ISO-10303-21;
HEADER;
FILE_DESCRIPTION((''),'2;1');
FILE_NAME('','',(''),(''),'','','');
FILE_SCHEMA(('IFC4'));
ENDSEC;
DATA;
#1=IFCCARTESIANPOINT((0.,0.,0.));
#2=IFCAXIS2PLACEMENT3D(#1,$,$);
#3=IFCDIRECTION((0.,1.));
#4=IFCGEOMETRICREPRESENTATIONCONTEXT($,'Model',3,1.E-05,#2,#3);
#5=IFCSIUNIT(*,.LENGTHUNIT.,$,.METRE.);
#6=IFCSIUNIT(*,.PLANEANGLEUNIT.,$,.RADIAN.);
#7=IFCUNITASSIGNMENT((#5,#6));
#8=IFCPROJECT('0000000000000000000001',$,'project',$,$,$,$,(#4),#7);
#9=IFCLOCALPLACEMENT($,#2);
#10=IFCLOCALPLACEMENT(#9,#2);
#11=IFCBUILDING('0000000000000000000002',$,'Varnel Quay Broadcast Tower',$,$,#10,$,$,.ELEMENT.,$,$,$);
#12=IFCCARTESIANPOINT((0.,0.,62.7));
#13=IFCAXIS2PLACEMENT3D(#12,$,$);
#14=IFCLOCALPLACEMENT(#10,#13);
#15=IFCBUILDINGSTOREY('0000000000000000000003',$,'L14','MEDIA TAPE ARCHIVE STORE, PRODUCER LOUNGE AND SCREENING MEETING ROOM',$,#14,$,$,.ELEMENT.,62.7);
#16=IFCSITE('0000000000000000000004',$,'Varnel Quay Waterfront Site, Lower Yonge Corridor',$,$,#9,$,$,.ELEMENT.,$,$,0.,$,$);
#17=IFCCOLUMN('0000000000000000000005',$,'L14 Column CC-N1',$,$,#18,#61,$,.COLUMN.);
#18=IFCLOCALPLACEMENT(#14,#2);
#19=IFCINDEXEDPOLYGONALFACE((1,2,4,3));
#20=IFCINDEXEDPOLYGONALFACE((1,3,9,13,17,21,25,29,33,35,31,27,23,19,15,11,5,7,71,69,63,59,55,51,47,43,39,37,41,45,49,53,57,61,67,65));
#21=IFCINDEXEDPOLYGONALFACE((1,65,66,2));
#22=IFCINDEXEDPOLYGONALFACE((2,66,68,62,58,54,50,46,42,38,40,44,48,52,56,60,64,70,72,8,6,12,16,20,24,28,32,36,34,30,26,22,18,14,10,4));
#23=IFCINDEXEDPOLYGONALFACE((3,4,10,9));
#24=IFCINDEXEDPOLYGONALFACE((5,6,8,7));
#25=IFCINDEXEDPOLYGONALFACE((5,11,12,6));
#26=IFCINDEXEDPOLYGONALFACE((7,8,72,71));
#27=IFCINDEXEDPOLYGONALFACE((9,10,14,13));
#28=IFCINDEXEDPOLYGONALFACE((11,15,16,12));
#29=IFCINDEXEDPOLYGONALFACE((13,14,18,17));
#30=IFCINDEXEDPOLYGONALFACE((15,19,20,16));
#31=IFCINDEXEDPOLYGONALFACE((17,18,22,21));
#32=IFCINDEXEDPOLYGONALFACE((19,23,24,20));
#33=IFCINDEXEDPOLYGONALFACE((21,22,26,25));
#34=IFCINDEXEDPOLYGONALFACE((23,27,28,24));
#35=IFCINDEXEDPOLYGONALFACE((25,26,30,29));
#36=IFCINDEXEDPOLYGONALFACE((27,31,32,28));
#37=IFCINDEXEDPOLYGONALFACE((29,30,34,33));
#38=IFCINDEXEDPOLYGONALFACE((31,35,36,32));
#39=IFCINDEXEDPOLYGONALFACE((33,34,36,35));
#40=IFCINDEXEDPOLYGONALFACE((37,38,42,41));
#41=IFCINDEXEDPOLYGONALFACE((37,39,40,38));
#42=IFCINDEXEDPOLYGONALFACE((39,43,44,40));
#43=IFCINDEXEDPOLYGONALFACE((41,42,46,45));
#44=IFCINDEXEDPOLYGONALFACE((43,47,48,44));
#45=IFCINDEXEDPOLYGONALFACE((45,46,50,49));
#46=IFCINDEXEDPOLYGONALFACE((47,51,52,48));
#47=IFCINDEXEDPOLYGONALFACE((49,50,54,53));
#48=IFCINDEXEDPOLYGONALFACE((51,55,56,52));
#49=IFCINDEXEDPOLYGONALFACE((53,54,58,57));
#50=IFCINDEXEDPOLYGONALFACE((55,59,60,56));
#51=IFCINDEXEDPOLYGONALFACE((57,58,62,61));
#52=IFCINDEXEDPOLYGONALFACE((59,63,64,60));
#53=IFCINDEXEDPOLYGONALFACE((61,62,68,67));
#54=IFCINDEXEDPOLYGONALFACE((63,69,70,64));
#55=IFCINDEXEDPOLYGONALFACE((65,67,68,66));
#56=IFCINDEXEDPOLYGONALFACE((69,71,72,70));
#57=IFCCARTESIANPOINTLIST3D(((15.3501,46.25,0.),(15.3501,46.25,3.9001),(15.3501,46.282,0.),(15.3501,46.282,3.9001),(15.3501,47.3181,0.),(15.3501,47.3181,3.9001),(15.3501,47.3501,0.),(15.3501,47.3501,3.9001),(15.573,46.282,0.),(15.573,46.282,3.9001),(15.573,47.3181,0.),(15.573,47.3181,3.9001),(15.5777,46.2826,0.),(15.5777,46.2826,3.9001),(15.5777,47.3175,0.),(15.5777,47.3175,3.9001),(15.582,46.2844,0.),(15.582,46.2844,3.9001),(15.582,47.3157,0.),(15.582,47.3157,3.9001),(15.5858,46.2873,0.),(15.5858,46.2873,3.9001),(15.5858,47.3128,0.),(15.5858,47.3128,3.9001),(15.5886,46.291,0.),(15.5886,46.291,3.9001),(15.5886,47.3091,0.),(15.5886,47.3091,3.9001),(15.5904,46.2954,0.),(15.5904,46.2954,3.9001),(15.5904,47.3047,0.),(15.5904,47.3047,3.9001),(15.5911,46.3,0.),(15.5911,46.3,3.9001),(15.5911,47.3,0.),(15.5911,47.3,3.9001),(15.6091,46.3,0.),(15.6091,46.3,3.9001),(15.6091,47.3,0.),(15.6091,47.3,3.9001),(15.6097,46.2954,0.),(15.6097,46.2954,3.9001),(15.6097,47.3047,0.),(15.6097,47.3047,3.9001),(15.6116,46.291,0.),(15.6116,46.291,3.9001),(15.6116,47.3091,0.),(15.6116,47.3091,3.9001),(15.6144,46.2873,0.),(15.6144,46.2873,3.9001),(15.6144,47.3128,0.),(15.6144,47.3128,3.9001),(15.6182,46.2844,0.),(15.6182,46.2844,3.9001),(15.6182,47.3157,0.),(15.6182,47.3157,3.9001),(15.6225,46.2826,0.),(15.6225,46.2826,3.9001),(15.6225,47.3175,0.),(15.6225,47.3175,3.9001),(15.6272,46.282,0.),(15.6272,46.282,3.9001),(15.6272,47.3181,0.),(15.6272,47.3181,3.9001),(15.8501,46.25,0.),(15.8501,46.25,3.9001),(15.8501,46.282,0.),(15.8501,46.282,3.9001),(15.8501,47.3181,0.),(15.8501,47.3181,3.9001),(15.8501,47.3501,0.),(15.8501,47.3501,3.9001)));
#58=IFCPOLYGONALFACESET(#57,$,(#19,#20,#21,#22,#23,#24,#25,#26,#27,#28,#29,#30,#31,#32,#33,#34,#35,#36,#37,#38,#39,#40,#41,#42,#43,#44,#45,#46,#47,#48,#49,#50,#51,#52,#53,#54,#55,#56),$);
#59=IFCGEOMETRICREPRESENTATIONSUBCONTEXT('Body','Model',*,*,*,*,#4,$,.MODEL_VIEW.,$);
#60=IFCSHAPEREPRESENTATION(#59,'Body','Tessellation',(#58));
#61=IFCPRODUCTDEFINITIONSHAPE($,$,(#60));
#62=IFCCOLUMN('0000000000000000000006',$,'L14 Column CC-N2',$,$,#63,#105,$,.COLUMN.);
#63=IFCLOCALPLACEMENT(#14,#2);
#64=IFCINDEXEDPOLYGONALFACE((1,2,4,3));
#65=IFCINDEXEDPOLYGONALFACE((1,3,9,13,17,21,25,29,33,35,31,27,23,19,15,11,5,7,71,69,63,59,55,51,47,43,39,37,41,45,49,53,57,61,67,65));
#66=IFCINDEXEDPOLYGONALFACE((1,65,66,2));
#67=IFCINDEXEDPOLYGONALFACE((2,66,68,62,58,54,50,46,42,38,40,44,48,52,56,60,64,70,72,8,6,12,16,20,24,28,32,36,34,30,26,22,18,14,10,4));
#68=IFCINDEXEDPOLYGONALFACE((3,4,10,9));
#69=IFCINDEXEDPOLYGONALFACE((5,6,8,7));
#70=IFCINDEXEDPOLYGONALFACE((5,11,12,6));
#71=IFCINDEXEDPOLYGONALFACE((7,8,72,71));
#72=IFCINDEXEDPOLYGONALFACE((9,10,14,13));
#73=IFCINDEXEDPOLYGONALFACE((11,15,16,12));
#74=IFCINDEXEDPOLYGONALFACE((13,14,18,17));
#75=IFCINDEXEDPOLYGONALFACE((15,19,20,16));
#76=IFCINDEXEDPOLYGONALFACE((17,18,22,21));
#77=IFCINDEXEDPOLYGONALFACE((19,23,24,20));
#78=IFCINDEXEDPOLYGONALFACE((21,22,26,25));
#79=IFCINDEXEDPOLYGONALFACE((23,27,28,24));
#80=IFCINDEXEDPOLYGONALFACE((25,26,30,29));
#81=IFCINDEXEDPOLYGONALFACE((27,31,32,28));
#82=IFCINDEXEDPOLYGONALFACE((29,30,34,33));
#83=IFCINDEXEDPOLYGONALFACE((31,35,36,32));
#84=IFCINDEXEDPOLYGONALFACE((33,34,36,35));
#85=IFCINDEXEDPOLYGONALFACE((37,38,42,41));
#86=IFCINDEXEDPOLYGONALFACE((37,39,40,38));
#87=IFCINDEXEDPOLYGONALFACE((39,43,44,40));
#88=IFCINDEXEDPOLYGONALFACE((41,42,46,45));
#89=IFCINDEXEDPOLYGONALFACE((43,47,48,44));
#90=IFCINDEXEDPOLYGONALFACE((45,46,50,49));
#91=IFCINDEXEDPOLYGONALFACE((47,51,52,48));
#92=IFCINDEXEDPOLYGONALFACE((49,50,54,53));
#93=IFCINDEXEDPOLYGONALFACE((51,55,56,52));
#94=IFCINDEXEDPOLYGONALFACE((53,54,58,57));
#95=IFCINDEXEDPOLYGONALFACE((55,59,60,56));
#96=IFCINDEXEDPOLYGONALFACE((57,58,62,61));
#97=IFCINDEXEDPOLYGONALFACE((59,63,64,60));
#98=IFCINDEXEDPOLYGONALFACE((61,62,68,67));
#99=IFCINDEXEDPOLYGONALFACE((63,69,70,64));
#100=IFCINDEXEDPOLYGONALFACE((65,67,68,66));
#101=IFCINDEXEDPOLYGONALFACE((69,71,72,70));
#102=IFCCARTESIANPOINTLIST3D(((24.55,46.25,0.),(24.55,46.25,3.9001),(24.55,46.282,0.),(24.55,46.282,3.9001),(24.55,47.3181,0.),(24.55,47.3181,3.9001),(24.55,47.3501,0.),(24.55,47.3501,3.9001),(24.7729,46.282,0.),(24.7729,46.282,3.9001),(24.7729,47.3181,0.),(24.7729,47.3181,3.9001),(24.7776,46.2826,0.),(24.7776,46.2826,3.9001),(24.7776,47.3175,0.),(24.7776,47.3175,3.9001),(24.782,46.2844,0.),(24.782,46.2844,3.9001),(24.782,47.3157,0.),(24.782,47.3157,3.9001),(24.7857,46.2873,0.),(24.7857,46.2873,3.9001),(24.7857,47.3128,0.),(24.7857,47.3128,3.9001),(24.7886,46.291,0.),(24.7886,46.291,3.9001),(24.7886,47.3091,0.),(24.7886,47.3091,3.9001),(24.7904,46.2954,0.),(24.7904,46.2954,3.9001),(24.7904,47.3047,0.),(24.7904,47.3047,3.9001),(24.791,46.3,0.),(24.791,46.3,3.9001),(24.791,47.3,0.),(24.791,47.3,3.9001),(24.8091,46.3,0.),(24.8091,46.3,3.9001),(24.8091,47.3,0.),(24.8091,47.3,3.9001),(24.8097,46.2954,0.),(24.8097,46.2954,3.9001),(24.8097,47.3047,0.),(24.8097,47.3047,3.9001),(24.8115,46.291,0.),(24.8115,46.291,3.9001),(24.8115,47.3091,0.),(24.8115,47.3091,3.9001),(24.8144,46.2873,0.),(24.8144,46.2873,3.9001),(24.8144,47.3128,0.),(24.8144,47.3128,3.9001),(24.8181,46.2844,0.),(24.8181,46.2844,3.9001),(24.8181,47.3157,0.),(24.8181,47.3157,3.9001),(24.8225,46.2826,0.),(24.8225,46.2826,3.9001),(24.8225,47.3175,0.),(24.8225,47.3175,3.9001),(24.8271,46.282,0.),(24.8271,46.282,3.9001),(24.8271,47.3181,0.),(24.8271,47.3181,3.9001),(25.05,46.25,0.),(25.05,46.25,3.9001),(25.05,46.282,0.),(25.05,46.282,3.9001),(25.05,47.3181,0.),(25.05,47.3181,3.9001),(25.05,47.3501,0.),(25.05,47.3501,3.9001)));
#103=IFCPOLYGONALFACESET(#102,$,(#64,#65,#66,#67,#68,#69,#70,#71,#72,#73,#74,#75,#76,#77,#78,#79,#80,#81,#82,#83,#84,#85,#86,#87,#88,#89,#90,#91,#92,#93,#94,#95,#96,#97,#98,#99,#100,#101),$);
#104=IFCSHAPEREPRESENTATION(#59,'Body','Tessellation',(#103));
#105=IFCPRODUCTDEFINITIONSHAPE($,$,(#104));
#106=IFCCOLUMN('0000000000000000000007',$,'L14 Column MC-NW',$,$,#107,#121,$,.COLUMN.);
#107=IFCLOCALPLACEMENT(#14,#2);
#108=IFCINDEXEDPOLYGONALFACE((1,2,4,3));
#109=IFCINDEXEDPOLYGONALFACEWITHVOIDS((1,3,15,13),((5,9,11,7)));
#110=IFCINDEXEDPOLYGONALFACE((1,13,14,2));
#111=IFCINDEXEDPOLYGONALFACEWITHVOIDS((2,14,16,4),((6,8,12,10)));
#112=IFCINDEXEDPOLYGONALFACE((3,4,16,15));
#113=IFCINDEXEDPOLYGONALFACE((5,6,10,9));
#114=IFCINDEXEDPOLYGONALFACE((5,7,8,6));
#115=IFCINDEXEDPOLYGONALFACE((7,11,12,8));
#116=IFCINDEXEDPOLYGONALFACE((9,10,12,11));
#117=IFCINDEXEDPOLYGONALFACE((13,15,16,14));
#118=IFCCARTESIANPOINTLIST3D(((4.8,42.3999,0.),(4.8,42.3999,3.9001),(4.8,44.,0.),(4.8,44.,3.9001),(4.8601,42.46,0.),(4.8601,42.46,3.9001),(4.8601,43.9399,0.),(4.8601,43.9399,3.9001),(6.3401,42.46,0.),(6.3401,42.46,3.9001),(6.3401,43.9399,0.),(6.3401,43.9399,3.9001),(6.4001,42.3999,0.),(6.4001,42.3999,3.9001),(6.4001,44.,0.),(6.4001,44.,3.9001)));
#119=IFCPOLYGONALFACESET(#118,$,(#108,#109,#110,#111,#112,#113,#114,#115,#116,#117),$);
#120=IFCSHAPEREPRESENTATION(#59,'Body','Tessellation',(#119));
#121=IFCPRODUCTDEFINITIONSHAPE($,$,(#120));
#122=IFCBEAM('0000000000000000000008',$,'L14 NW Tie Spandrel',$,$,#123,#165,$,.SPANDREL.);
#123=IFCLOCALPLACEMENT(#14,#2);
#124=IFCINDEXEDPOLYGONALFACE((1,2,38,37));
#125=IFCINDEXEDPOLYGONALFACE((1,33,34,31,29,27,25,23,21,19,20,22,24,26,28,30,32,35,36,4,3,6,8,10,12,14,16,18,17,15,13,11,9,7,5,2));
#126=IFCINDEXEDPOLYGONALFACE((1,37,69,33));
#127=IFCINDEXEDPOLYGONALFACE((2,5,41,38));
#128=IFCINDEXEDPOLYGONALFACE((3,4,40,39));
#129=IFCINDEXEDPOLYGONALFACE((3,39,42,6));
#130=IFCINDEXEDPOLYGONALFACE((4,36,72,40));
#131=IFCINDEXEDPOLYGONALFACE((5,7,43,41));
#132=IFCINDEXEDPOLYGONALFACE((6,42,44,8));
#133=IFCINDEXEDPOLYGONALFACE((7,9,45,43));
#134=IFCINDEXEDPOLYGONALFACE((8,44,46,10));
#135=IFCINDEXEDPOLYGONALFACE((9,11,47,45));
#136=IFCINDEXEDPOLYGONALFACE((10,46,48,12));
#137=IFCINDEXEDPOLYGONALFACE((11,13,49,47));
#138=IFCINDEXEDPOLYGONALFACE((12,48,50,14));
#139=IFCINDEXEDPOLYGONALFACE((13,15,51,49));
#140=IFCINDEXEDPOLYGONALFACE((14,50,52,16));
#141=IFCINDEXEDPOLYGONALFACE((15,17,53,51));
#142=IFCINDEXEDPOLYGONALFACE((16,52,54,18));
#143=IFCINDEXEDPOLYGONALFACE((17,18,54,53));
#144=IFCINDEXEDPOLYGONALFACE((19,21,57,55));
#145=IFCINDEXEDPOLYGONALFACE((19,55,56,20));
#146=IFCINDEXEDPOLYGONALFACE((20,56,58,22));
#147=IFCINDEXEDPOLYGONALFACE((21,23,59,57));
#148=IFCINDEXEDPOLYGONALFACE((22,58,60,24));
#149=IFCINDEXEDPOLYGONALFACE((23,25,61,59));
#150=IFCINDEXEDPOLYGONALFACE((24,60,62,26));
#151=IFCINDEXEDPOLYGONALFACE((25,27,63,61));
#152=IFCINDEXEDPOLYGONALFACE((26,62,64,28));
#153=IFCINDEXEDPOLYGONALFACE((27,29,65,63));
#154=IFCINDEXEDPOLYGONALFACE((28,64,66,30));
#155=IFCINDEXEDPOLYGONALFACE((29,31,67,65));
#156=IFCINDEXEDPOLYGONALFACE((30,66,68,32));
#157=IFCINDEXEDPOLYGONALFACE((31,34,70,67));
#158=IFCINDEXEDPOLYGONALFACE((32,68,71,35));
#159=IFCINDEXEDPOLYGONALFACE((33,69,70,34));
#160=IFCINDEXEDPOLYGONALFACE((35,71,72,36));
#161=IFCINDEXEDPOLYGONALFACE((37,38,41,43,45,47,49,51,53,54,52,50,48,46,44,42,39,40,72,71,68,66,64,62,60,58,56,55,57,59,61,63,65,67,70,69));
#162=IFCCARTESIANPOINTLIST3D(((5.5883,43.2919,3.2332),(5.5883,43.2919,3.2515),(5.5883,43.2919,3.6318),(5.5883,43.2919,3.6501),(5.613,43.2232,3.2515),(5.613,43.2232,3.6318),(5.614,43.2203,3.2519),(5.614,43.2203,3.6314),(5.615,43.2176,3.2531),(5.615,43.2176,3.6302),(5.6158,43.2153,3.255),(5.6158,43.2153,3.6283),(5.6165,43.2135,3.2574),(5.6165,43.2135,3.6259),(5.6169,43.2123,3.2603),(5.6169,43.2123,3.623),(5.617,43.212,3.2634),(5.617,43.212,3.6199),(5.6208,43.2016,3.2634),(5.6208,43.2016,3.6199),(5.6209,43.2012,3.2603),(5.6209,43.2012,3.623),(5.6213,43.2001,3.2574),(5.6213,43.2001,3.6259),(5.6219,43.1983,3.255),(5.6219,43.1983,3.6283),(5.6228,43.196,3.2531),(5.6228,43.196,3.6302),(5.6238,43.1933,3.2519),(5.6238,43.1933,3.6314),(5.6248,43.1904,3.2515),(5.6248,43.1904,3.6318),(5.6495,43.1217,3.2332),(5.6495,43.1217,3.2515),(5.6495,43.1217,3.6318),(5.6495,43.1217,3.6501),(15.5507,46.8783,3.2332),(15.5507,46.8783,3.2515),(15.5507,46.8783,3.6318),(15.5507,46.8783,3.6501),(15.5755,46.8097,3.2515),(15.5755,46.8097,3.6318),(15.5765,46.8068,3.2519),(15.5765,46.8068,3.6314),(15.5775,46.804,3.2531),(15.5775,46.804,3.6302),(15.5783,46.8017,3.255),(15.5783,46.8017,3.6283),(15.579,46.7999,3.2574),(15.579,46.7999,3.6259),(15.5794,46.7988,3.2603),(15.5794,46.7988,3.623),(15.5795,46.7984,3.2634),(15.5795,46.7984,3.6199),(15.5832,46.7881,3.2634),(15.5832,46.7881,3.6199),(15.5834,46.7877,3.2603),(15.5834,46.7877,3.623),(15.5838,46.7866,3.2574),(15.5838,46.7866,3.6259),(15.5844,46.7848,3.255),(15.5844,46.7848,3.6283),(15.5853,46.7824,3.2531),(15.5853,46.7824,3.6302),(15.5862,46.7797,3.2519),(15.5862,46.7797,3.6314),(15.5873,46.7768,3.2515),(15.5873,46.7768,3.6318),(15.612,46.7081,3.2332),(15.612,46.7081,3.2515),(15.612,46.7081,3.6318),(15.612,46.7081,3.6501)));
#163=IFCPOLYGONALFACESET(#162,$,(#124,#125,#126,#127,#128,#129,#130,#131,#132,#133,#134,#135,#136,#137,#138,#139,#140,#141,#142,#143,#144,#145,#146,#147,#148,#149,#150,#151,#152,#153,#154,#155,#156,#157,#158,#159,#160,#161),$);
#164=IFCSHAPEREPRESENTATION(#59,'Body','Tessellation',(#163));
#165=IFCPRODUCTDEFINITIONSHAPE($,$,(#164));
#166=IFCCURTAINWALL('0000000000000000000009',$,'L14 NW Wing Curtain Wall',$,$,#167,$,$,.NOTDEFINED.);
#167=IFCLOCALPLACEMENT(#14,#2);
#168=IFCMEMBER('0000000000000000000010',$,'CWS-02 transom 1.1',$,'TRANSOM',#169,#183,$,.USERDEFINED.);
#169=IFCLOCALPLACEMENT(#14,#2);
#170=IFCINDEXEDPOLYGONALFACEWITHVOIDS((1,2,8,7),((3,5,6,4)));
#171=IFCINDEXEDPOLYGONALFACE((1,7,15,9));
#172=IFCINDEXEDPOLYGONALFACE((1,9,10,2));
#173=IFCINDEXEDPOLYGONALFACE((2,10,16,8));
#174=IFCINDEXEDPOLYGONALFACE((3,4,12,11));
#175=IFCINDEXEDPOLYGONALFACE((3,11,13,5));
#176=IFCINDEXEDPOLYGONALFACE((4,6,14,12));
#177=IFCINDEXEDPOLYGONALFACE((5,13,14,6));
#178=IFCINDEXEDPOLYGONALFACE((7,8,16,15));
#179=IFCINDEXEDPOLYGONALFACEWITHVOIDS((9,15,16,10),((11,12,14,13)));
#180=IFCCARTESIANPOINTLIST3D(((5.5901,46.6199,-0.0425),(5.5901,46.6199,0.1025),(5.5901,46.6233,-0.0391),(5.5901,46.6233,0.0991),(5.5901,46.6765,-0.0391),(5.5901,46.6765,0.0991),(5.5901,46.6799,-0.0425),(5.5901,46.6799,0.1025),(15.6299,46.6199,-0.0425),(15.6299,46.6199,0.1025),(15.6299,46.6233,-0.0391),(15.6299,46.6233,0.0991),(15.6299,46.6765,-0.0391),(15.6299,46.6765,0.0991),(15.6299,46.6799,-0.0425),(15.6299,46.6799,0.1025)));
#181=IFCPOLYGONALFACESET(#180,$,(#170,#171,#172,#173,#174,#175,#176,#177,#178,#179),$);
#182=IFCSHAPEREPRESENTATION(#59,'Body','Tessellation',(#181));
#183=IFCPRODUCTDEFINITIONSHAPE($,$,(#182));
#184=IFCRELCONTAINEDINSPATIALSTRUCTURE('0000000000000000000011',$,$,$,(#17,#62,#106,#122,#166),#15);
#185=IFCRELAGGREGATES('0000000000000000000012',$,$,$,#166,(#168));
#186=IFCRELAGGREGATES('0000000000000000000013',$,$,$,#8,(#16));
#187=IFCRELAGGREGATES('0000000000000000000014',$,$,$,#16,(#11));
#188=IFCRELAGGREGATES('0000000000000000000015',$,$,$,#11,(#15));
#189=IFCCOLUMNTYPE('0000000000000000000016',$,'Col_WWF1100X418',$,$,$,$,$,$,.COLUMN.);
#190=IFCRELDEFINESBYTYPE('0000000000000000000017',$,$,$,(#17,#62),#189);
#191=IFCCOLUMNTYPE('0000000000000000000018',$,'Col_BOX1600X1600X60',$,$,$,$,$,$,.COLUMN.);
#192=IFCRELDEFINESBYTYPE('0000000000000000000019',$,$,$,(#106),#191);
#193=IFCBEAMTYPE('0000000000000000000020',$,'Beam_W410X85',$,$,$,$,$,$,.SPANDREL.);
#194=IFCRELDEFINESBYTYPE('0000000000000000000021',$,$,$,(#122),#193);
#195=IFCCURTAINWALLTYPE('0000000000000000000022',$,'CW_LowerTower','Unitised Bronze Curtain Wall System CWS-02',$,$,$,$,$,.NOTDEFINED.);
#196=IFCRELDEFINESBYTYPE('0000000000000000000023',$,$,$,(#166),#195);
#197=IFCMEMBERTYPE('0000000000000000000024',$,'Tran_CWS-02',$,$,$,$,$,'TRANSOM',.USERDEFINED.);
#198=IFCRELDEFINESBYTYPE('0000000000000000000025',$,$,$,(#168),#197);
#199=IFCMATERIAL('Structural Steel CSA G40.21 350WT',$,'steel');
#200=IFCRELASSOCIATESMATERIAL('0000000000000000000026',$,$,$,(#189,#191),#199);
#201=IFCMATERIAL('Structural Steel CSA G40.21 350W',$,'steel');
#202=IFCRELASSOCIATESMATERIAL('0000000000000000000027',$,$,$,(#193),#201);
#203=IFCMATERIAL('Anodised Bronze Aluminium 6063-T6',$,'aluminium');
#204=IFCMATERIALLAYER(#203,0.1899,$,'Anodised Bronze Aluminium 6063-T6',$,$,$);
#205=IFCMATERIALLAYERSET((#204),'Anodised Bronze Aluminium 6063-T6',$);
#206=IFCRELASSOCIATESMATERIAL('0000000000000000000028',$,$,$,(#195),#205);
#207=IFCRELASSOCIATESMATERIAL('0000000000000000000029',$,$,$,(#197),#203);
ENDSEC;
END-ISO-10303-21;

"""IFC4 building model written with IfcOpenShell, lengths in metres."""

from ifc_helpers import new_model, si_unit, direction, frame, origin, origin_2d, place, context, subcontext, project, spatial, hollow_rectangle, i_section, extrude, source, transform, mapped, material, layer, layer_set, material_profile, profile_set, type_object, type_shapes, element, aggregate, save


model = new_model("IFC4")

# Units and contexts
model_context = context("Model", 3, precision=1e-05, world=origin(), true_north=direction((0.0, 1.0)))
body_context = subcontext(model_context, "Body", "Model", "MODEL_VIEW")
ifc_project = project(units=[si_unit("LENGTHUNIT", "METRE"), si_unit("PLANEANGLEUNIT", "RADIAN")], contexts=[model_context])

# Site, building, storey
site_placement = place(None, origin())
site = spatial("IfcSite", under=ifc_project, at=site_placement, Name="Varnel Quay Waterfront Site, Lower Yonge Corridor", CompositionType="ELEMENT", RefElevation=0.0)
building_placement = place(site_placement, origin())
building = spatial("IfcBuilding", under=site, at=building_placement, Name="Varnel Quay Broadcast Tower", CompositionType="ELEMENT")
storey_placement = place(building_placement, frame((0.0, 0.0, 62.7)))
storey = spatial("IfcBuildingStorey", under=building, at=storey_placement, Name="L14", Description="MEDIA TAPE ARCHIVE STORE, PRODUCER LOUNGE AND SCREENING MEETING ROOM", CompositionType="ELEMENT", Elevation=62.7)

# Columns
ifc_material_1 = material(Name="Structural Steel CSA G40.21 350WT", Category="steel")
ifc_material_profile_1 = material_profile(ifc_material_1, i_section(OverallWidth=0.5, OverallDepth=1.1001, WebThickness=0.0181, FlangeThickness=0.032, FilletRadius=0.0181, at=origin_2d()), Name="WWF1100X418")
ifc_profile_set_1 = profile_set([ifc_material_profile_1], Name="Structural Steel CSA G40.21 350WT")
column_type_1 = type_object("IfcColumnType", Name="Col_WWF1100X418", PredefinedType="COLUMN", material=ifc_profile_set_1)
shared_shape_1 = source(origin(), body_context, "Body", "SweptSolid", [
    extrude(i_section(OverallWidth=0.5, OverallDepth=1.1001, WebThickness=0.0181, FlangeThickness=0.032, FilletRadius=0.0181, at=origin_2d()), origin(), (0.0, 0.0, 1.0), 3.9001),
])
type_shapes(column_type_1, [shared_shape_1])
for number, where, z_axis, x_axis, name in (
    (1, (15.6001, 46.8, 0.0), (0.0, 0.0, 1.0), (1.0, 0.0, 0.0), "L14 Column CC-N1"),
    (2, (24.8, 46.8, 0.0), (0.0, 0.0, 1.0), (1.0, 0.0, 0.0), "L14 Column CC-N2"),
):
    element("IfcColumn", number, at=place(storey_placement, frame(where, z_axis=z_axis, x_axis=x_axis)), inside=storey, type_object=column_type_1, Name=name, PredefinedType="COLUMN", context=body_context, shape_type="MappedRepresentation", body=[
        mapped(shared_shape_1, transform((0.0, 0.0, 0.0), x_axis=(1.0, 0.0, 0.0), y_axis=(0.0, 1.0, 0.0), z_axis=(0.0, 0.0, 1.0), scale=1.0)),
    ])
ifc_material_profile_2 = material_profile(ifc_material_1, hollow_rectangle(XDim=1.6001, YDim=1.6001, WallThickness=0.0601, at=origin_2d()), Name="BOX1600X1600X60")
ifc_profile_set_2 = profile_set([ifc_material_profile_2], Name="Structural Steel CSA G40.21 350WT")
column_type_2 = type_object("IfcColumnType", Name="Col_BOX1600X1600X60", PredefinedType="COLUMN", material=ifc_profile_set_2)
shared_shape_2 = source(origin(), body_context, "Body", "SweptSolid", [
    extrude(hollow_rectangle(XDim=1.6001, YDim=1.6001, WallThickness=0.0601, at=origin_2d()), origin(), (0.0, 0.0, 1.0), 3.9001),
])
type_shapes(column_type_2, [shared_shape_2])
column_placement = place(storey_placement, frame((5.6001, 43.2, 0.0), z_axis=(0.0, 0.0, 1.0), x_axis=(1.0, 0.0, 0.0)))
element("IfcColumn", 3, at=column_placement, inside=storey, type_object=column_type_2, Name="L14 Column MC-NW", PredefinedType="COLUMN", context=body_context, shape_type="MappedRepresentation", body=[
    mapped(shared_shape_2, transform((0.0, 0.0, 0.0), x_axis=(1.0, 0.0, 0.0), y_axis=(0.0, 1.0, 0.0), z_axis=(0.0, 0.0, 1.0), scale=1.0)),
])

# Beam
ifc_material_2 = material(Name="Structural Steel CSA G40.21 350W", Category="steel")
ifc_material_profile_3 = material_profile(ifc_material_2, i_section(OverallWidth=0.1809, OverallDepth=0.417, WebThickness=0.011, FlangeThickness=0.0183, FilletRadius=0.012, at=origin_2d()), Name="W410X85")
ifc_profile_set_3 = profile_set([ifc_material_profile_3], Name="Structural Steel CSA G40.21 350W")
beam_type = type_object("IfcBeamType", Name="Beam_W410X85", PredefinedType="SPANDREL", material=ifc_profile_set_3)
shared_shape_3 = source(origin(), body_context, "Body", "SweptSolid", [
    extrude(i_section(OverallWidth=0.1809, OverallDepth=0.417, WebThickness=0.011, FlangeThickness=0.0183, FilletRadius=0.012, at=origin_2d()), origin(), (0.0, 0.0, 1.0), 10.5884),
])
type_shapes(beam_type, [shared_shape_3])
beam_placement = place(storey_placement, frame((5.6189, 43.2068, 3.4417), z_axis=(0.940889, 0.338716, 0.0), x_axis=(-0.338716, 0.940889, 0.0)))
element("IfcBeam", 4, at=beam_placement, inside=storey, type_object=beam_type, Name="L14 NW Tie Spandrel", PredefinedType="SPANDREL", context=body_context, shape_type="MappedRepresentation", body=[
    mapped(shared_shape_3, transform((0.0, 0.0, 0.0), x_axis=(1.0, 0.0, 0.0), y_axis=(0.0, 1.0, 0.0), z_axis=(0.0, 0.0, 1.0), scale=1.0)),
])

# Curtain wall, member
ifc_material_3 = material(Name="Anodised Bronze Aluminium 6063-T6", Category="aluminium")
ifc_layer_1 = layer(ifc_material_3, 0.1899, Name="Anodised Bronze Aluminium 6063-T6")
ifc_layer_set_1 = layer_set([ifc_layer_1], Name="Anodised Bronze Aluminium 6063-T6")
curtain_wall_type = type_object("IfcCurtainWallType", Name="CW_LowerTower", Description="Unitised Bronze Curtain Wall System CWS-02", PredefinedType="NOTDEFINED", material=ifc_layer_set_1)
curtain_wall_1_placement = place(storey_placement, origin())
curtain_wall_1 = element("IfcCurtainWall", 5, at=curtain_wall_1_placement, inside=storey, type_object=curtain_wall_type, Name="L14 NW Wing Curtain Wall", PredefinedType="NOTDEFINED")
ifc_material_profile_4 = material_profile(ifc_material_3, hollow_rectangle(XDim=0.0601, YDim=0.145, WallThickness=0.0034, at=origin_2d()), Name="ALU60X145X3.5")
ifc_profile_set_4 = profile_set([ifc_material_profile_4], Name="Anodised Bronze Aluminium 6063-T6")
member_type_1 = type_object("IfcMemberType", Name="Tran_CWS-02", ElementType="TRANSOM", PredefinedType="USERDEFINED", material=ifc_profile_set_4)
shared_shape_4 = source(origin(), body_context, "Body", "SweptSolid", [
    extrude(hollow_rectangle(XDim=0.0601, YDim=0.145, WallThickness=0.0034, at=origin_2d()), origin(), (0.0, 0.0, 1.0), 10.0398),
])
type_shapes(member_type_1, [shared_shape_4])
member_1_placement = place(storey_placement, frame((5.5901, 46.6499, 0.03), z_axis=(1.0, 0.0, 0.0), x_axis=(0.0, 1.0, 0.0)))
member_1 = element("IfcMember", 6, at=member_1_placement, type_object=member_type_1, Name="CWS-02 transom 1.1", ObjectType="TRANSOM", PredefinedType="USERDEFINED", context=body_context, shape_type="MappedRepresentation", body=[
    mapped(shared_shape_4, transform((0.0, 0.0, 0.0), x_axis=(1.0, 0.0, 0.0), y_axis=(0.0, 1.0, 0.0), z_axis=(0.0, 0.0, 1.0), scale=1.0)),
])

aggregate(curtain_wall_1, [member_1])

save(model, "model.ifc")
